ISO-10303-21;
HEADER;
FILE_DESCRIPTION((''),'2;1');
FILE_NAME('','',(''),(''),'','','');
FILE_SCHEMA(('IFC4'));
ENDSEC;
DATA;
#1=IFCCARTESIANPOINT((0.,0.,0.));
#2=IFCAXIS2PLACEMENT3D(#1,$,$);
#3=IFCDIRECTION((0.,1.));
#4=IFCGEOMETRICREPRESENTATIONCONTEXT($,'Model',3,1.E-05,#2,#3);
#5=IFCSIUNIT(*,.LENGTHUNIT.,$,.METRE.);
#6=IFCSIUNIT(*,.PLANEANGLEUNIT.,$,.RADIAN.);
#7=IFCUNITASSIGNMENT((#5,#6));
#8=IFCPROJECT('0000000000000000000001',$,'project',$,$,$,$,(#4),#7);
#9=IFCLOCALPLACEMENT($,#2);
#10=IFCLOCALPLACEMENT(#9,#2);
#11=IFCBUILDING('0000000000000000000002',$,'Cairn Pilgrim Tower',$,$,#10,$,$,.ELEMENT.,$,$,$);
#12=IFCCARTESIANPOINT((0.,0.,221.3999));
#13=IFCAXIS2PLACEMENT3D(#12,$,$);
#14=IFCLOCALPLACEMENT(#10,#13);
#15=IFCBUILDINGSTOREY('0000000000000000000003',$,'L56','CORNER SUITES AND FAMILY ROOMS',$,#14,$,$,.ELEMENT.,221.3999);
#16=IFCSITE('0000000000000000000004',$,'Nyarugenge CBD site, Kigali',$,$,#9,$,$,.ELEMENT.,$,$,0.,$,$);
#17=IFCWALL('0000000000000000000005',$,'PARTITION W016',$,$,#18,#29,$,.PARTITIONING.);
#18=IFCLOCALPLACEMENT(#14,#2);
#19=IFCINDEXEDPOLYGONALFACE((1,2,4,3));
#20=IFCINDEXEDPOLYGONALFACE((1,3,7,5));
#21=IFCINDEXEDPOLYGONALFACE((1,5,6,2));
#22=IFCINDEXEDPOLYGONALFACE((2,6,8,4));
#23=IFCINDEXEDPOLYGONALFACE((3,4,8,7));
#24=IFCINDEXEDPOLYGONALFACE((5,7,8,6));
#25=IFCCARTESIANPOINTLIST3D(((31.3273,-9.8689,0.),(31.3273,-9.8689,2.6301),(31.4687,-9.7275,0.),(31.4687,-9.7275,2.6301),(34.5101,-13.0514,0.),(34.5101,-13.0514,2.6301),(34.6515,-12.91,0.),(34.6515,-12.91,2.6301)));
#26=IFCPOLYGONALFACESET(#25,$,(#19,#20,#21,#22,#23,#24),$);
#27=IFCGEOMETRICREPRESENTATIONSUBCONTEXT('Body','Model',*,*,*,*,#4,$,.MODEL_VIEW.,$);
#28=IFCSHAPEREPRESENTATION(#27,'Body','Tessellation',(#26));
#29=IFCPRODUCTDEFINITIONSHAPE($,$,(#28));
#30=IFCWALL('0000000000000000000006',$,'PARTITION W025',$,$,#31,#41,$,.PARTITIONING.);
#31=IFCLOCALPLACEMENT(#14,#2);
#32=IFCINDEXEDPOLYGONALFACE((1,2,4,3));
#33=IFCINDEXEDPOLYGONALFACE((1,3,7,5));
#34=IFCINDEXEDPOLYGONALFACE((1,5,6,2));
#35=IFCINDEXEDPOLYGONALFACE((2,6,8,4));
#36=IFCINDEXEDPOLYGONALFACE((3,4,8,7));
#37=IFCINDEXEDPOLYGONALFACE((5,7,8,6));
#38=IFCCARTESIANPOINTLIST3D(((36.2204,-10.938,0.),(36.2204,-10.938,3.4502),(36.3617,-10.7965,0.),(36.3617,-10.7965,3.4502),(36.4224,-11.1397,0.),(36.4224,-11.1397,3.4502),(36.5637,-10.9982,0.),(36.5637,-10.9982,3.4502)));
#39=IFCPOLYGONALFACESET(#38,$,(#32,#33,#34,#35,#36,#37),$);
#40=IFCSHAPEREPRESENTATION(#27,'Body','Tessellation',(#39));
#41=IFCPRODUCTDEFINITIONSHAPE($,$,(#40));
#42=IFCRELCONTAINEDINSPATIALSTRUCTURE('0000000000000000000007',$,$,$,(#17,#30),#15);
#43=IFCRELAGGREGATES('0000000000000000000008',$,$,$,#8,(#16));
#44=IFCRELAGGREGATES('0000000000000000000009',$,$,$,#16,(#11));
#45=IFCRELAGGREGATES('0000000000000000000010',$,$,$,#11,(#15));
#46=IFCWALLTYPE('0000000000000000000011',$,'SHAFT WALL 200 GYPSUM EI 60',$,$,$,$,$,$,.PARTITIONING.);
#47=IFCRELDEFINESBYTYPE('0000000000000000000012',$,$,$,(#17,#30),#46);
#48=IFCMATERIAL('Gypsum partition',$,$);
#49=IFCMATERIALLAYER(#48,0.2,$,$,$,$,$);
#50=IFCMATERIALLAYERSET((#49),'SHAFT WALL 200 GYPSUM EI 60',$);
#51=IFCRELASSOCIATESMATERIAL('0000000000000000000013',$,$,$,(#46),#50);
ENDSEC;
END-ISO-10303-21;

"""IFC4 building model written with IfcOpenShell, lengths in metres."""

from ifc_helpers import new_model, si_unit, direction, frame, frame_2d, origin, place, context, subcontext, project, spatial, rectangle, extrude, material, layer, layer_set, type_object, element, save


model = new_model("IFC4")

# Units and contexts
model_context = context("Model", 3, precision=1e-05, world=origin(), true_north=direction((0.0, 1.0)))
body_context = subcontext(model_context, "Body", "Model", "MODEL_VIEW")
ifc_project = project(units=[si_unit("LENGTHUNIT", "METRE"), si_unit("PLANEANGLEUNIT", "RADIAN")], contexts=[model_context])

# Site, building, storey
site_placement = place(None, origin())
site = spatial("IfcSite", under=ifc_project, at=site_placement, Name="Nyarugenge CBD site, Kigali", CompositionType="ELEMENT", RefElevation=0.0)
building_placement = place(site_placement, origin())
building = spatial("IfcBuilding", under=site, at=building_placement, Name="Cairn Pilgrim Tower", CompositionType="ELEMENT")
storey_placement = place(building_placement, frame((0.0, 0.0, 221.3999)))
storey = spatial("IfcBuildingStorey", under=building, at=storey_placement, Name="L56", Description="CORNER SUITES AND FAMILY ROOMS", CompositionType="ELEMENT", Elevation=221.3999)

# Walls
ifc_material_1 = material(Name="Gypsum partition")
ifc_layer_1 = layer(ifc_material_1, 0.2)
ifc_layer_set_1 = layer_set([ifc_layer_1], Name="SHAFT WALL 200 GYPSUM EI 60")
wall_type_1 = type_object("IfcWallType", Name="SHAFT WALL 200 GYPSUM EI 60", PredefinedType="PARTITIONING", material=ifc_layer_set_1)
wall_1_placement = place(storey_placement, frame((34.5808, -12.9807, 0.0), z_axis=(0.0, 0.0, 1.0), x_axis=(-0.707134, 0.70708, 0.0)))
element("IfcWall", 1, at=wall_1_placement, inside=storey, type_object=wall_type_1, Name="PARTITION W016", PredefinedType="PARTITIONING", context=body_context, shape_type="SweptSolid", body=[
    extrude(rectangle(XDim=4.501, YDim=0.2, at=frame_2d((2.2505, 0.0))), origin(), (0.0, 0.0, 1.0), 2.6301),
])
wall_2_placement = place(storey_placement, frame((36.4929, -11.0688, 0.0), z_axis=(0.0, 0.0, 1.0), x_axis=(-0.707534, 0.706679, 0.0)))
element("IfcWall", 2, at=wall_2_placement, inside=storey, type_object=wall_type_1, Name="PARTITION W025", PredefinedType="PARTITIONING", context=body_context, shape_type="SweptSolid", body=[
    extrude(rectangle(XDim=0.2854, YDim=0.2, at=frame_2d((0.1426, 0.0))), origin(), (0.0, 0.0, 1.0), 3.4502),
])

save(model, "model.ifc")
